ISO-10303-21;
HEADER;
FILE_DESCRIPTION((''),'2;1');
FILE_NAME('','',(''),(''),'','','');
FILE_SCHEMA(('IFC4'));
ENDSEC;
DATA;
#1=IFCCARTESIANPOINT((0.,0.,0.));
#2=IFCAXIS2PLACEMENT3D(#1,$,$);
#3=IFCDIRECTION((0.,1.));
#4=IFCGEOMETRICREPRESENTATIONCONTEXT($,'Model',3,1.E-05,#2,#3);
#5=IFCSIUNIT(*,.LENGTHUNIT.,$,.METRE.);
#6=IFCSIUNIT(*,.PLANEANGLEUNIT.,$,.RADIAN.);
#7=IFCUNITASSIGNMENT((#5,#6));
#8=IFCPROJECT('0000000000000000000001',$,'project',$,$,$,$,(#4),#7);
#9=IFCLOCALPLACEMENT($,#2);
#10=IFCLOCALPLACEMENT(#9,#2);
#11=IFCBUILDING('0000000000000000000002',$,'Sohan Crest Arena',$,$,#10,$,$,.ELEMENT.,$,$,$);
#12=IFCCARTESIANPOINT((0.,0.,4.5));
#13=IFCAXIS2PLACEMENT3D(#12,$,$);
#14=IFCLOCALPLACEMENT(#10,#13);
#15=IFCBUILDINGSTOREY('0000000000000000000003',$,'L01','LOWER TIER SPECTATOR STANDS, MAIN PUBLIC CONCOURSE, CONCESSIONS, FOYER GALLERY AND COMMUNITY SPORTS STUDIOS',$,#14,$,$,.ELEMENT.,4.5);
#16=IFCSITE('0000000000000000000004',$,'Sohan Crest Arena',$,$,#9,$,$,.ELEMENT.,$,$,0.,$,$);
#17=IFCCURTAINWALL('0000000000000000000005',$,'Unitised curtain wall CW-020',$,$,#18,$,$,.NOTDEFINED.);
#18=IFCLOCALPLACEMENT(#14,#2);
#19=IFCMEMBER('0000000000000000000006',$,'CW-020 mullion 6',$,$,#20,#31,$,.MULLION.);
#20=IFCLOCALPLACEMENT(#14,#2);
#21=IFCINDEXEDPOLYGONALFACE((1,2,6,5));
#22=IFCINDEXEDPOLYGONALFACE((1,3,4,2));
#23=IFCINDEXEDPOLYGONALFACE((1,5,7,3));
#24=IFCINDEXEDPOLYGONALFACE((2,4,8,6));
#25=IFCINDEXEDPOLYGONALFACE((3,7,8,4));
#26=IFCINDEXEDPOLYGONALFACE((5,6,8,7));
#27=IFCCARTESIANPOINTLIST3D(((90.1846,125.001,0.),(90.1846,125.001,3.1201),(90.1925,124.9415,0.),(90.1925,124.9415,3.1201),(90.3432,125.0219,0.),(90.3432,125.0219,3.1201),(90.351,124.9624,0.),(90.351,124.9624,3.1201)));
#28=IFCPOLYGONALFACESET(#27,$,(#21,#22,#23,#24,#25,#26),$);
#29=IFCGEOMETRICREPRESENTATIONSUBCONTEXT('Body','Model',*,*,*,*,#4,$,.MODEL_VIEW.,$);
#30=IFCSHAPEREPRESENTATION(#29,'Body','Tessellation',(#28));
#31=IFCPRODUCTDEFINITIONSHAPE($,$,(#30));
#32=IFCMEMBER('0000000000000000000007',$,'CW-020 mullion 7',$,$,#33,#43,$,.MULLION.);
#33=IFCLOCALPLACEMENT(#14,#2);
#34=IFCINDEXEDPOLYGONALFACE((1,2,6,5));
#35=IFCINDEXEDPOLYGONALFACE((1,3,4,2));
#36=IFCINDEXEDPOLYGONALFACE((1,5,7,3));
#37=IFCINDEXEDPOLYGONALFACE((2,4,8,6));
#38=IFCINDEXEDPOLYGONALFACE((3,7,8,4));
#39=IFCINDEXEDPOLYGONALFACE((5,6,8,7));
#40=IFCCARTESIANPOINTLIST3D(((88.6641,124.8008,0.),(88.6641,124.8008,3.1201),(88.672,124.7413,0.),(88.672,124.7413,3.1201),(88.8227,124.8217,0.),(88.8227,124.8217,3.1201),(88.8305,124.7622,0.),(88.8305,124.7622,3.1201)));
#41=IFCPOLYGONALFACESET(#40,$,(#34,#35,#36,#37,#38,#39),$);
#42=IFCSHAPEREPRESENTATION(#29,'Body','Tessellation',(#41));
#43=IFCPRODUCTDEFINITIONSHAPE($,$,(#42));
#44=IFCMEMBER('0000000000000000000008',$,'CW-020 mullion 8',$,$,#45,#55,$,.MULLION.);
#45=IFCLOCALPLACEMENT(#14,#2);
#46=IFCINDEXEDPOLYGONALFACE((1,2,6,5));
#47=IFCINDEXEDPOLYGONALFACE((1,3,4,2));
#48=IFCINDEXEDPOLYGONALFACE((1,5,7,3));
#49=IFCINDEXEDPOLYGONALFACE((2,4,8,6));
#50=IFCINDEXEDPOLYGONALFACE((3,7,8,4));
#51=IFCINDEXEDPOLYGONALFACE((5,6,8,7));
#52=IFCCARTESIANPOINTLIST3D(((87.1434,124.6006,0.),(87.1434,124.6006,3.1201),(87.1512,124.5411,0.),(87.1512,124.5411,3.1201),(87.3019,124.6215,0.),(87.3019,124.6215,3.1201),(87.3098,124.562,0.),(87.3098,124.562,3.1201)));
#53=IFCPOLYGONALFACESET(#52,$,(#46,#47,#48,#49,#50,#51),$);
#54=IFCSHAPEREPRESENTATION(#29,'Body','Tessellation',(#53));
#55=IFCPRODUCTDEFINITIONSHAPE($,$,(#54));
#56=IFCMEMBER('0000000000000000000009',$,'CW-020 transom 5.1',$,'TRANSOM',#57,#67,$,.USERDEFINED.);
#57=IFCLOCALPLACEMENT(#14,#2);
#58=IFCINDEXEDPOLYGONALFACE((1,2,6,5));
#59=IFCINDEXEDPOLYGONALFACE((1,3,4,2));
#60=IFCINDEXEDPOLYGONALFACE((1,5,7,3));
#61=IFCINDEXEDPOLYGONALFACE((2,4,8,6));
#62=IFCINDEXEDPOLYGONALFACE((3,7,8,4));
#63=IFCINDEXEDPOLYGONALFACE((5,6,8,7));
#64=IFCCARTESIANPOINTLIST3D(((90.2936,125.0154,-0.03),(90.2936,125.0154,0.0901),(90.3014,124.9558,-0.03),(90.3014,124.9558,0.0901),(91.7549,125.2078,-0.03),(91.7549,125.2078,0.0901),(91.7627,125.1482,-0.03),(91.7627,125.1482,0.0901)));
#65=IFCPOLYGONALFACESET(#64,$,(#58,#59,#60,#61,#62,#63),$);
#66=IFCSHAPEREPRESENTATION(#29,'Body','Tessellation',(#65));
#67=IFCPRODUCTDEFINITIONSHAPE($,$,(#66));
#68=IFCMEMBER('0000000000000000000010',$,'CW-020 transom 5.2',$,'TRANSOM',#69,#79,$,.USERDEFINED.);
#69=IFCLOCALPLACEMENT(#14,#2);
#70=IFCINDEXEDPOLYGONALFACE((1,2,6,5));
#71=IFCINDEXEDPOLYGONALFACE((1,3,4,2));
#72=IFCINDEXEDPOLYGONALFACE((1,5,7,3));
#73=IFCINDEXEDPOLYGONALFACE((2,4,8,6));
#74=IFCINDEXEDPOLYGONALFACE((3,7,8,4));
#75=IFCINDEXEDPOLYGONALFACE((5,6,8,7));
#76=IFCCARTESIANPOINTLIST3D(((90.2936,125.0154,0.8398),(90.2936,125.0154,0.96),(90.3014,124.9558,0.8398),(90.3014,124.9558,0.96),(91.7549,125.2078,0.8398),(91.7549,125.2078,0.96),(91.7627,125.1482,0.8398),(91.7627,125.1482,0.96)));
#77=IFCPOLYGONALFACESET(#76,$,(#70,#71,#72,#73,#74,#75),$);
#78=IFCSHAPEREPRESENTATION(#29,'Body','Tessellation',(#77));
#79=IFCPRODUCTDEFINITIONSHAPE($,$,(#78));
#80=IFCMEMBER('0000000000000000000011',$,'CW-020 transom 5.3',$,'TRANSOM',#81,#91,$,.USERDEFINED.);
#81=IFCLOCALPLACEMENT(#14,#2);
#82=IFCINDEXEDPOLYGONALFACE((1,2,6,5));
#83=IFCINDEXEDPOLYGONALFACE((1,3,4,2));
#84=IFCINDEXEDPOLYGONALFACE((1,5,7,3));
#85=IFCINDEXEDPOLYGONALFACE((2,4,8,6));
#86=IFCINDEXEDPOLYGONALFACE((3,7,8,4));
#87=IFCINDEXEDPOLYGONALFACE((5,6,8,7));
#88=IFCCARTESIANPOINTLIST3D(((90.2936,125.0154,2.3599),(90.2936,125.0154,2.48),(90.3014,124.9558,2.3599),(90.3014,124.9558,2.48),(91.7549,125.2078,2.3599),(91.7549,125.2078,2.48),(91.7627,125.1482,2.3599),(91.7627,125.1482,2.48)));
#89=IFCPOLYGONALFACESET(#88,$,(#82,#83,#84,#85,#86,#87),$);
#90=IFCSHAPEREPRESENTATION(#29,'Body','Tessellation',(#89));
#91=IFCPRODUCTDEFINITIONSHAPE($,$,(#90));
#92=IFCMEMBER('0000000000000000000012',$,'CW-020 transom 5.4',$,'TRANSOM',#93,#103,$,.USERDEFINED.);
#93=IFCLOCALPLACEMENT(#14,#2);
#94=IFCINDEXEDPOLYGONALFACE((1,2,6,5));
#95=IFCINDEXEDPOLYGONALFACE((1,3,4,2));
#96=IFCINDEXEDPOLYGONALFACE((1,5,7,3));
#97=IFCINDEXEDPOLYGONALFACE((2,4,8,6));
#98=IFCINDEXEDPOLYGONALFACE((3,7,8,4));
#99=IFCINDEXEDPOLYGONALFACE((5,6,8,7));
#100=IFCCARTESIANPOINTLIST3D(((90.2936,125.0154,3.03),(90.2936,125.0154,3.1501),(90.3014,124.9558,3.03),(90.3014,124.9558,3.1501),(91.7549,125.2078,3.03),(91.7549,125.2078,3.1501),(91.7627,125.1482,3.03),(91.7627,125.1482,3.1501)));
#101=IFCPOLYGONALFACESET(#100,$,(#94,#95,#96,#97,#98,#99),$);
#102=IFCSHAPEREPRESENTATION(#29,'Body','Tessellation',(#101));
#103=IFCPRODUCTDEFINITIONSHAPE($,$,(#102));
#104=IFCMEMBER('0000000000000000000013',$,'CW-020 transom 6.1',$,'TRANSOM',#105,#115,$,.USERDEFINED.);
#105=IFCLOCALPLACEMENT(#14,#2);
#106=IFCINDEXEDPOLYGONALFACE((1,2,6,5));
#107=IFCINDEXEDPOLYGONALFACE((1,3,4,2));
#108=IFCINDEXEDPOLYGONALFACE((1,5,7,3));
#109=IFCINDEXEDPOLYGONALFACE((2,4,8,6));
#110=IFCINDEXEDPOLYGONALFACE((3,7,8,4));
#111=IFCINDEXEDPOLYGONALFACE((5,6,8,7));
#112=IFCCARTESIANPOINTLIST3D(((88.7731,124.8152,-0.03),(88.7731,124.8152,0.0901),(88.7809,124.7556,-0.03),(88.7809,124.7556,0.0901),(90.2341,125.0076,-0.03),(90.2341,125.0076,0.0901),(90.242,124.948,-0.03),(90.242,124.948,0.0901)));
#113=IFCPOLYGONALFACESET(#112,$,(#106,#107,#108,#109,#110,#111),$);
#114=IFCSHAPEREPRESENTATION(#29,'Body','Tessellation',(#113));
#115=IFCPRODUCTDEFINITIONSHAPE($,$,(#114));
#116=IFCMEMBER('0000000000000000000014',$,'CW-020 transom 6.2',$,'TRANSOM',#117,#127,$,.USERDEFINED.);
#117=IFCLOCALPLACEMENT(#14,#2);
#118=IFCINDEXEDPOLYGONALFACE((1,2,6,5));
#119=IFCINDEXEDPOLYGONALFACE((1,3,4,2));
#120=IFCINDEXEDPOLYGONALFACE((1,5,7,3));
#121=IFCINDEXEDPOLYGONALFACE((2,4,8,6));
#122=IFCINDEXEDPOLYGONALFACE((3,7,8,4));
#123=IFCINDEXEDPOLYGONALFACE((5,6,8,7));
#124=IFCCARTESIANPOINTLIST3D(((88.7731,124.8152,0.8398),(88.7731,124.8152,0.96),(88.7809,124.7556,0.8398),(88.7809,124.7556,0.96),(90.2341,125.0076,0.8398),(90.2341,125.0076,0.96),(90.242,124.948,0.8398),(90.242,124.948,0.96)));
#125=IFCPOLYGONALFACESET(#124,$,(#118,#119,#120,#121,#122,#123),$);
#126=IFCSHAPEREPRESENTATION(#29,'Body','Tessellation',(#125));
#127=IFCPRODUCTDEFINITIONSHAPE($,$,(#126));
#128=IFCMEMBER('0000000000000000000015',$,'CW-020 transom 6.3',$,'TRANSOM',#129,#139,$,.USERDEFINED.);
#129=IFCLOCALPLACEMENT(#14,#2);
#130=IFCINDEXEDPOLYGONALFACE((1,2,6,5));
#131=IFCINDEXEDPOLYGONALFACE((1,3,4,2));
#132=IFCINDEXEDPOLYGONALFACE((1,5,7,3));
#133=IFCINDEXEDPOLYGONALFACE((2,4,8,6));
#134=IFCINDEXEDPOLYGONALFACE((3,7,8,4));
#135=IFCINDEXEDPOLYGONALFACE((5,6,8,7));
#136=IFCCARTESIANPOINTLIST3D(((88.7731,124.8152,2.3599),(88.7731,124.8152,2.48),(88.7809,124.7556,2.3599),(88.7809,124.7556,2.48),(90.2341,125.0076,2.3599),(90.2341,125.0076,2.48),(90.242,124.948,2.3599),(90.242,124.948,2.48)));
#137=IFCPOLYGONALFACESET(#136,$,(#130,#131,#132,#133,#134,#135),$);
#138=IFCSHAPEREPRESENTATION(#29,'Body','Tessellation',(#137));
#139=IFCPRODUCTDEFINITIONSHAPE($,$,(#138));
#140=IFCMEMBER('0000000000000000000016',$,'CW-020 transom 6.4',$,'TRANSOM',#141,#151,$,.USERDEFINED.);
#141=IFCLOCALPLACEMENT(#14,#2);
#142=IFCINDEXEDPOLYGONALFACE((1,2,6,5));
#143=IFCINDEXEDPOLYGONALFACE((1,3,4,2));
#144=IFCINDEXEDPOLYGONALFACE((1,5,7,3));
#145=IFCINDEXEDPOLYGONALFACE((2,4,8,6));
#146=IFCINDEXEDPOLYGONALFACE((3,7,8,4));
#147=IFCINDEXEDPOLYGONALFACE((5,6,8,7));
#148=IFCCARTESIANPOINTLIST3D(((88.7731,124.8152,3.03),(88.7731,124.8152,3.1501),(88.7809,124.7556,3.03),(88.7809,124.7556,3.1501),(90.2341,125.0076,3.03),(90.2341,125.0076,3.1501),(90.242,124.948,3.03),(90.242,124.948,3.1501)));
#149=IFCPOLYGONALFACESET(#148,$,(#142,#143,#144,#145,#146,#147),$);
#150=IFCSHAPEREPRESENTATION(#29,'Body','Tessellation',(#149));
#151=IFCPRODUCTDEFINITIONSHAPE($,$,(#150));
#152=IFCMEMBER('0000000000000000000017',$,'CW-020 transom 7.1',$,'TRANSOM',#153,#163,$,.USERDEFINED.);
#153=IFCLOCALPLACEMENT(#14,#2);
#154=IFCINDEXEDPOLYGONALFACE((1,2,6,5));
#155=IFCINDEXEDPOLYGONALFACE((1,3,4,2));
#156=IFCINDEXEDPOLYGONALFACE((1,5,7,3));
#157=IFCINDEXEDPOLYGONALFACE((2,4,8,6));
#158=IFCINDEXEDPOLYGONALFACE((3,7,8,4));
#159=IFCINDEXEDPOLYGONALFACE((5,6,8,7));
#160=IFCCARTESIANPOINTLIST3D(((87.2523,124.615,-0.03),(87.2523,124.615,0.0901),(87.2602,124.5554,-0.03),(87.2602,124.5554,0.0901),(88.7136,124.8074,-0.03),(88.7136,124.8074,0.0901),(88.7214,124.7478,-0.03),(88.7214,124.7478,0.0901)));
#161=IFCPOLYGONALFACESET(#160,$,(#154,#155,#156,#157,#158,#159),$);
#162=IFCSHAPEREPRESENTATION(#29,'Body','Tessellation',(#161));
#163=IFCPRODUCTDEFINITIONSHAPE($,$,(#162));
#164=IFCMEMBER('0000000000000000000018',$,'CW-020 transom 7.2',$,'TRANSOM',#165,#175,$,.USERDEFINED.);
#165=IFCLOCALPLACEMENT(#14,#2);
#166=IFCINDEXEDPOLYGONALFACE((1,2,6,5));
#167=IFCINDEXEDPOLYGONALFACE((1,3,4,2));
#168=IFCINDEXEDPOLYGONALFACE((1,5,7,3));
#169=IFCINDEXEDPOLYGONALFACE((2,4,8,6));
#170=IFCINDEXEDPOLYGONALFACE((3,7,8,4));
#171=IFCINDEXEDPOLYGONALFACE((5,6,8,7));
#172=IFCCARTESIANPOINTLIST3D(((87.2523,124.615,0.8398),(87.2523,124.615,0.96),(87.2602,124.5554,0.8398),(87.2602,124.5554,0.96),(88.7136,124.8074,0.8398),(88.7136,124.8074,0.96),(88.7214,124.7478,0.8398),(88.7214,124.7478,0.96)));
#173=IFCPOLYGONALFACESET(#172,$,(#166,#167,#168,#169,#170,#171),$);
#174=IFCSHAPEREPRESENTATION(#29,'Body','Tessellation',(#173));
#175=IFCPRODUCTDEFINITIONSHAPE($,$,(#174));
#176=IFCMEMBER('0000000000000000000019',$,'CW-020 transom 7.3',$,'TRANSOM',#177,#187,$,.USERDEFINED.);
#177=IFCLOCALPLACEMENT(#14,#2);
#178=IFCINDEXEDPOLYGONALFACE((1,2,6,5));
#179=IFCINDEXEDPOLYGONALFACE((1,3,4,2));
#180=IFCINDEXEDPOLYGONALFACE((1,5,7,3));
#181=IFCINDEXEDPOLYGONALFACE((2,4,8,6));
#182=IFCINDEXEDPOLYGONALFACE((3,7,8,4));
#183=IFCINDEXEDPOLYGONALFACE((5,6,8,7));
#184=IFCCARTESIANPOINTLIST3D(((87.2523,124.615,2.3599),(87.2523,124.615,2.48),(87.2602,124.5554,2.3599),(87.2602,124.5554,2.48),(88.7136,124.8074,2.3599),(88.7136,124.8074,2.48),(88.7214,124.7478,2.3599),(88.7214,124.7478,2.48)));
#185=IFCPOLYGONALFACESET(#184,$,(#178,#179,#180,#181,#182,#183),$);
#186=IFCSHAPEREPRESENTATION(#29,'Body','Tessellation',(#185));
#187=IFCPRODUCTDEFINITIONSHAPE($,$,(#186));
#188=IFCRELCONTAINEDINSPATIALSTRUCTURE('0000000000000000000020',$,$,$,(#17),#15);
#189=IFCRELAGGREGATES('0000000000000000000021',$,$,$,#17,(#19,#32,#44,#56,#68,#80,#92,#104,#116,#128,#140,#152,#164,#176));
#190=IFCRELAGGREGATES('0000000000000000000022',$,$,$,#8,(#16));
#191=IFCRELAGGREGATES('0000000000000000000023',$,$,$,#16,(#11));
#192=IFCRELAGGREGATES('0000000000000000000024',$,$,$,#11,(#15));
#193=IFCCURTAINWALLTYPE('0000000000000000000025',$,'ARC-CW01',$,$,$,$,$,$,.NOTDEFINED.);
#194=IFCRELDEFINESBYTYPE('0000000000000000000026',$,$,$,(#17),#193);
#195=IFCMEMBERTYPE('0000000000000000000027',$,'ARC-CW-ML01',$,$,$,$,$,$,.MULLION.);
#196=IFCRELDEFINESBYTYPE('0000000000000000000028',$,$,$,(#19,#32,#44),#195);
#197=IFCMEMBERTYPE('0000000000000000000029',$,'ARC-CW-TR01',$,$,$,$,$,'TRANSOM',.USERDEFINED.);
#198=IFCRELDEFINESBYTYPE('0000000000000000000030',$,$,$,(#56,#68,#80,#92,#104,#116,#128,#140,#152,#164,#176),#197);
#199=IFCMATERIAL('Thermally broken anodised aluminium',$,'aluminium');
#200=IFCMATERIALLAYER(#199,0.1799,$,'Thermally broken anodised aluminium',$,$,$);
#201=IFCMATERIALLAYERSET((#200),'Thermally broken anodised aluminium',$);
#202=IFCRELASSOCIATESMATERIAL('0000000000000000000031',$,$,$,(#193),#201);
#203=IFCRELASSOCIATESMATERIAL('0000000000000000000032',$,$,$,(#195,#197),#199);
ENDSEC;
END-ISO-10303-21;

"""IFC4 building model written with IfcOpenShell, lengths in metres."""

from ifc_helpers import new_model, si_unit, direction, frame, origin, origin_2d, place, context, subcontext, project, spatial, rectangle, extrude, material, layer, layer_set, material_profile, profile_set, type_object, element, aggregate, save


model = new_model("IFC4")

# Units and contexts
model_context = context("Model", 3, precision=1e-05, world=origin(), true_north=direction((0.0, 1.0)))
body_context = subcontext(model_context, "Body", "Model", "MODEL_VIEW")
ifc_project = project(units=[si_unit("LENGTHUNIT", "METRE"), si_unit("PLANEANGLEUNIT", "RADIAN")], contexts=[model_context])

# Site, building, storey
site_placement = place(None, origin())
site = spatial("IfcSite", under=ifc_project, at=site_placement, Name="Sohan Crest Arena", CompositionType="ELEMENT", RefElevation=0.0)
building_placement = place(site_placement, origin())
building = spatial("IfcBuilding", under=site, at=building_placement, Name="Sohan Crest Arena", CompositionType="ELEMENT")
storey_placement = place(building_placement, frame((0.0, 0.0, 4.5)))
storey = spatial("IfcBuildingStorey", under=building, at=storey_placement, Name="L01", Description="LOWER TIER SPECTATOR STANDS, MAIN PUBLIC CONCOURSE, CONCESSIONS, FOYER GALLERY AND COMMUNITY SPORTS STUDIOS", CompositionType="ELEMENT", Elevation=4.5)

# Curtain wall, members
ifc_material_1 = material(Name="Thermally broken anodised aluminium", Category="aluminium")
ifc_layer_1 = layer(ifc_material_1, 0.1799, Name="Thermally broken anodised aluminium")
ifc_layer_set_1 = layer_set([ifc_layer_1], Name="Thermally broken anodised aluminium")
curtain_wall_type = type_object("IfcCurtainWallType", Name="ARC-CW01", PredefinedType="NOTDEFINED", material=ifc_layer_set_1)
curtain_wall_placement = place(storey_placement, origin())
curtain_wall = element("IfcCurtainWall", 1, at=curtain_wall_placement, inside=storey, type_object=curtain_wall_type, Name="Unitised curtain wall CW-020", PredefinedType="NOTDEFINED")
ifc_material_profile_1 = material_profile(ifc_material_1, rectangle(XDim=0.0601, YDim=0.1599, at=origin_2d()), Name="ALU-MULL 60x160")
ifc_profile_set_1 = profile_set([ifc_material_profile_1], Name="Thermally broken anodised aluminium")
member_type_1 = type_object("IfcMemberType", Name="ARC-CW-ML01", PredefinedType="MULLION", material=ifc_profile_set_1)
member_1_placement = place(storey_placement, frame((90.2678, 124.9817, 0.0), z_axis=(0.0, 0.0, 1.0), x_axis=(0.130562, -0.99144, 0.0)))
member_1 = element("IfcMember", 2, at=member_1_placement, type_object=member_type_1, Name="CW-020 mullion 6", PredefinedType="MULLION", context=body_context, shape_type="SweptSolid", body=[
    extrude(rectangle(XDim=0.0601, YDim=0.1599, at=origin_2d()), origin(), (0.0, 0.0, 1.0), 3.1201),
])
member_2_placement = place(storey_placement, frame((88.7473, 124.7815, 0.0), z_axis=(0.0, 0.0, 1.0), x_axis=(0.130562, -0.99144, 0.0)))
member_2 = element("IfcMember", 3, at=member_2_placement, type_object=member_type_1, Name="CW-020 mullion 7", PredefinedType="MULLION", context=body_context, shape_type="SweptSolid", body=[
    extrude(rectangle(XDim=0.0601, YDim=0.1599, at=origin_2d()), origin(), (0.0, 0.0, 1.0), 3.1201),
])
member_3_placement = place(storey_placement, frame((87.2266, 124.5813, 0.0), z_axis=(0.0, 0.0, 1.0), x_axis=(0.130562, -0.99144, 0.0)))
member_3 = element("IfcMember", 4, at=member_3_placement, type_object=member_type_1, Name="CW-020 mullion 8", PredefinedType="MULLION", context=body_context, shape_type="SweptSolid", body=[
    extrude(rectangle(XDim=0.0601, YDim=0.1599, at=origin_2d()), origin(), (0.0, 0.0, 1.0), 3.1201),
])
ifc_material_profile_2 = material_profile(ifc_material_1, rectangle(XDim=0.0601, YDim=0.1201, at=origin_2d()), Name="ALU-TRAN 60x120")
ifc_profile_set_2 = profile_set([ifc_material_profile_2], Name="Thermally broken anodised aluminium")
member_type_2 = type_object("IfcMemberType", Name="ARC-CW-TR01", ElementType="TRANSOM", PredefinedType="USERDEFINED", material=ifc_profile_set_2)
member_4_placement = place(storey_placement, frame((91.7588, 125.178, 0.03), z_axis=(-0.991444, -0.130536, 0.0), x_axis=(0.130536, -0.991444, 0.0)))
member_4 = element("IfcMember", 5, at=member_4_placement, type_object=member_type_2, Name="CW-020 transom 5.1", ObjectType="TRANSOM", PredefinedType="USERDEFINED", context=body_context, shape_type="SweptSolid", body=[
    extrude(rectangle(XDim=0.0601, YDim=0.1201, at=origin_2d()), origin(), (0.0, 0.0, 1.0), 1.4739),
])
member_5_placement = place(storey_placement, frame((91.7588, 125.178, 0.8999), z_axis=(-0.991444, -0.130536, 0.0), x_axis=(0.130536, -0.991444, 0.0)))
member_5 = element("IfcMember", 6, at=member_5_placement, type_object=member_type_2, Name="CW-020 transom 5.2", ObjectType="TRANSOM", PredefinedType="USERDEFINED", context=body_context, shape_type="SweptSolid", body=[
    extrude(rectangle(XDim=0.0601, YDim=0.1201, at=origin_2d()), origin(), (0.0, 0.0, 1.0), 1.4739),
])
member_6_placement = place(storey_placement, frame((91.7588, 125.178, 2.4199), z_axis=(-0.991444, -0.130536, 0.0), x_axis=(0.130536, -0.991444, 0.0)))
member_6 = element("IfcMember", 7, at=member_6_placement, type_object=member_type_2, Name="CW-020 transom 5.3", ObjectType="TRANSOM", PredefinedType="USERDEFINED", context=body_context, shape_type="SweptSolid", body=[
    extrude(rectangle(XDim=0.0601, YDim=0.1201, at=origin_2d()), origin(), (0.0, 0.0, 1.0), 1.4739),
])
member_7_placement = place(storey_placement, frame((91.7588, 125.178, 3.0901), z_axis=(-0.991444, -0.130536, 0.0), x_axis=(0.130536, -0.991444, 0.0)))
member_7 = element("IfcMember", 8, at=member_7_placement, type_object=member_type_2, Name="CW-020 transom 5.4", ObjectType="TRANSOM", PredefinedType="USERDEFINED", context=body_context, shape_type="SweptSolid", body=[
    extrude(rectangle(XDim=0.0601, YDim=0.1201, at=origin_2d()), origin(), (0.0, 0.0, 1.0), 1.4739),
])
member_8_placement = place(storey_placement, frame((90.238, 124.9778, 0.03), z_axis=(-0.991441, -0.130557, 0.0), x_axis=(0.130557, -0.991441, 0.0)))
member_8 = element("IfcMember", 9, at=member_8_placement, type_object=member_type_2, Name="CW-020 transom 6.1", ObjectType="TRANSOM", PredefinedType="USERDEFINED", context=body_context, shape_type="SweptSolid", body=[
    extrude(rectangle(XDim=0.0601, YDim=0.1201, at=origin_2d()), origin(), (0.0, 0.0, 1.0), 1.4736),
])
member_9_placement = place(storey_placement, frame((90.238, 124.9778, 0.8999), z_axis=(-0.991441, -0.130557, 0.0), x_axis=(0.130557, -0.991441, 0.0)))
member_9 = element("IfcMember", 10, at=member_9_placement, type_object=member_type_2, Name="CW-020 transom 6.2", ObjectType="TRANSOM", PredefinedType="USERDEFINED", context=body_context, shape_type="SweptSolid", body=[
    extrude(rectangle(XDim=0.0601, YDim=0.1201, at=origin_2d()), origin(), (0.0, 0.0, 1.0), 1.4736),
])
member_10_placement = place(storey_placement, frame((90.238, 124.9778, 2.4199), z_axis=(-0.991441, -0.130557, 0.0), x_axis=(0.130557, -0.991441, 0.0)))
member_10 = element("IfcMember", 11, at=member_10_placement, type_object=member_type_2, Name="CW-020 transom 6.3", ObjectType="TRANSOM", PredefinedType="USERDEFINED", context=body_context, shape_type="SweptSolid", body=[
    extrude(rectangle(XDim=0.0601, YDim=0.1201, at=origin_2d()), origin(), (0.0, 0.0, 1.0), 1.4736),
])
member_11_placement = place(storey_placement, frame((90.238, 124.9778, 3.0901), z_axis=(-0.991441, -0.130557, 0.0), x_axis=(0.130557, -0.991441, 0.0)))
member_11 = element("IfcMember", 12, at=member_11_placement, type_object=member_type_2, Name="CW-020 transom 6.4", ObjectType="TRANSOM", PredefinedType="USERDEFINED", context=body_context, shape_type="SweptSolid", body=[
    extrude(rectangle(XDim=0.0601, YDim=0.1201, at=origin_2d()), origin(), (0.0, 0.0, 1.0), 1.4736),
])
member_12_placement = place(storey_placement, frame((88.7175, 124.7776, 0.03), z_axis=(-0.991444, -0.130536, 0.0), x_axis=(0.130536, -0.991444, 0.0)))
member_12 = element("IfcMember", 13, at=member_12_placement, type_object=member_type_2, Name="CW-020 transom 7.1", ObjectType="TRANSOM", PredefinedType="USERDEFINED", context=body_context, shape_type="SweptSolid", body=[
    extrude(rectangle(XDim=0.0601, YDim=0.1201, at=origin_2d()), origin(), (0.0, 0.0, 1.0), 1.4739),
])
member_13_placement = place(storey_placement, frame((88.7175, 124.7776, 0.8999), z_axis=(-0.991444, -0.130536, 0.0), x_axis=(0.130536, -0.991444, 0.0)))
member_13 = element("IfcMember", 14, at=member_13_placement, type_object=member_type_2, Name="CW-020 transom 7.2", ObjectType="TRANSOM", PredefinedType="USERDEFINED", context=body_context, shape_type="SweptSolid", body=[
    extrude(rectangle(XDim=0.0601, YDim=0.1201, at=origin_2d()), origin(), (0.0, 0.0, 1.0), 1.4739),
])
member_14_placement = place(storey_placement, frame((88.7175, 124.7776, 2.4199), z_axis=(-0.991444, -0.130536, 0.0), x_axis=(0.130536, -0.991444, 0.0)))
member_14 = element("IfcMember", 15, at=member_14_placement, type_object=member_type_2, Name="CW-020 transom 7.3", ObjectType="TRANSOM", PredefinedType="USERDEFINED", context=body_context, shape_type="SweptSolid", body=[
    extrude(rectangle(XDim=0.0601, YDim=0.1201, at=origin_2d()), origin(), (0.0, 0.0, 1.0), 1.4739),
])
aggregate(curtain_wall, [member_1, member_2, member_3, member_4, member_5, member_6, member_7, member_8, member_9, member_10, member_11, member_12, member_13, member_14])

save(model, "model.ifc")
